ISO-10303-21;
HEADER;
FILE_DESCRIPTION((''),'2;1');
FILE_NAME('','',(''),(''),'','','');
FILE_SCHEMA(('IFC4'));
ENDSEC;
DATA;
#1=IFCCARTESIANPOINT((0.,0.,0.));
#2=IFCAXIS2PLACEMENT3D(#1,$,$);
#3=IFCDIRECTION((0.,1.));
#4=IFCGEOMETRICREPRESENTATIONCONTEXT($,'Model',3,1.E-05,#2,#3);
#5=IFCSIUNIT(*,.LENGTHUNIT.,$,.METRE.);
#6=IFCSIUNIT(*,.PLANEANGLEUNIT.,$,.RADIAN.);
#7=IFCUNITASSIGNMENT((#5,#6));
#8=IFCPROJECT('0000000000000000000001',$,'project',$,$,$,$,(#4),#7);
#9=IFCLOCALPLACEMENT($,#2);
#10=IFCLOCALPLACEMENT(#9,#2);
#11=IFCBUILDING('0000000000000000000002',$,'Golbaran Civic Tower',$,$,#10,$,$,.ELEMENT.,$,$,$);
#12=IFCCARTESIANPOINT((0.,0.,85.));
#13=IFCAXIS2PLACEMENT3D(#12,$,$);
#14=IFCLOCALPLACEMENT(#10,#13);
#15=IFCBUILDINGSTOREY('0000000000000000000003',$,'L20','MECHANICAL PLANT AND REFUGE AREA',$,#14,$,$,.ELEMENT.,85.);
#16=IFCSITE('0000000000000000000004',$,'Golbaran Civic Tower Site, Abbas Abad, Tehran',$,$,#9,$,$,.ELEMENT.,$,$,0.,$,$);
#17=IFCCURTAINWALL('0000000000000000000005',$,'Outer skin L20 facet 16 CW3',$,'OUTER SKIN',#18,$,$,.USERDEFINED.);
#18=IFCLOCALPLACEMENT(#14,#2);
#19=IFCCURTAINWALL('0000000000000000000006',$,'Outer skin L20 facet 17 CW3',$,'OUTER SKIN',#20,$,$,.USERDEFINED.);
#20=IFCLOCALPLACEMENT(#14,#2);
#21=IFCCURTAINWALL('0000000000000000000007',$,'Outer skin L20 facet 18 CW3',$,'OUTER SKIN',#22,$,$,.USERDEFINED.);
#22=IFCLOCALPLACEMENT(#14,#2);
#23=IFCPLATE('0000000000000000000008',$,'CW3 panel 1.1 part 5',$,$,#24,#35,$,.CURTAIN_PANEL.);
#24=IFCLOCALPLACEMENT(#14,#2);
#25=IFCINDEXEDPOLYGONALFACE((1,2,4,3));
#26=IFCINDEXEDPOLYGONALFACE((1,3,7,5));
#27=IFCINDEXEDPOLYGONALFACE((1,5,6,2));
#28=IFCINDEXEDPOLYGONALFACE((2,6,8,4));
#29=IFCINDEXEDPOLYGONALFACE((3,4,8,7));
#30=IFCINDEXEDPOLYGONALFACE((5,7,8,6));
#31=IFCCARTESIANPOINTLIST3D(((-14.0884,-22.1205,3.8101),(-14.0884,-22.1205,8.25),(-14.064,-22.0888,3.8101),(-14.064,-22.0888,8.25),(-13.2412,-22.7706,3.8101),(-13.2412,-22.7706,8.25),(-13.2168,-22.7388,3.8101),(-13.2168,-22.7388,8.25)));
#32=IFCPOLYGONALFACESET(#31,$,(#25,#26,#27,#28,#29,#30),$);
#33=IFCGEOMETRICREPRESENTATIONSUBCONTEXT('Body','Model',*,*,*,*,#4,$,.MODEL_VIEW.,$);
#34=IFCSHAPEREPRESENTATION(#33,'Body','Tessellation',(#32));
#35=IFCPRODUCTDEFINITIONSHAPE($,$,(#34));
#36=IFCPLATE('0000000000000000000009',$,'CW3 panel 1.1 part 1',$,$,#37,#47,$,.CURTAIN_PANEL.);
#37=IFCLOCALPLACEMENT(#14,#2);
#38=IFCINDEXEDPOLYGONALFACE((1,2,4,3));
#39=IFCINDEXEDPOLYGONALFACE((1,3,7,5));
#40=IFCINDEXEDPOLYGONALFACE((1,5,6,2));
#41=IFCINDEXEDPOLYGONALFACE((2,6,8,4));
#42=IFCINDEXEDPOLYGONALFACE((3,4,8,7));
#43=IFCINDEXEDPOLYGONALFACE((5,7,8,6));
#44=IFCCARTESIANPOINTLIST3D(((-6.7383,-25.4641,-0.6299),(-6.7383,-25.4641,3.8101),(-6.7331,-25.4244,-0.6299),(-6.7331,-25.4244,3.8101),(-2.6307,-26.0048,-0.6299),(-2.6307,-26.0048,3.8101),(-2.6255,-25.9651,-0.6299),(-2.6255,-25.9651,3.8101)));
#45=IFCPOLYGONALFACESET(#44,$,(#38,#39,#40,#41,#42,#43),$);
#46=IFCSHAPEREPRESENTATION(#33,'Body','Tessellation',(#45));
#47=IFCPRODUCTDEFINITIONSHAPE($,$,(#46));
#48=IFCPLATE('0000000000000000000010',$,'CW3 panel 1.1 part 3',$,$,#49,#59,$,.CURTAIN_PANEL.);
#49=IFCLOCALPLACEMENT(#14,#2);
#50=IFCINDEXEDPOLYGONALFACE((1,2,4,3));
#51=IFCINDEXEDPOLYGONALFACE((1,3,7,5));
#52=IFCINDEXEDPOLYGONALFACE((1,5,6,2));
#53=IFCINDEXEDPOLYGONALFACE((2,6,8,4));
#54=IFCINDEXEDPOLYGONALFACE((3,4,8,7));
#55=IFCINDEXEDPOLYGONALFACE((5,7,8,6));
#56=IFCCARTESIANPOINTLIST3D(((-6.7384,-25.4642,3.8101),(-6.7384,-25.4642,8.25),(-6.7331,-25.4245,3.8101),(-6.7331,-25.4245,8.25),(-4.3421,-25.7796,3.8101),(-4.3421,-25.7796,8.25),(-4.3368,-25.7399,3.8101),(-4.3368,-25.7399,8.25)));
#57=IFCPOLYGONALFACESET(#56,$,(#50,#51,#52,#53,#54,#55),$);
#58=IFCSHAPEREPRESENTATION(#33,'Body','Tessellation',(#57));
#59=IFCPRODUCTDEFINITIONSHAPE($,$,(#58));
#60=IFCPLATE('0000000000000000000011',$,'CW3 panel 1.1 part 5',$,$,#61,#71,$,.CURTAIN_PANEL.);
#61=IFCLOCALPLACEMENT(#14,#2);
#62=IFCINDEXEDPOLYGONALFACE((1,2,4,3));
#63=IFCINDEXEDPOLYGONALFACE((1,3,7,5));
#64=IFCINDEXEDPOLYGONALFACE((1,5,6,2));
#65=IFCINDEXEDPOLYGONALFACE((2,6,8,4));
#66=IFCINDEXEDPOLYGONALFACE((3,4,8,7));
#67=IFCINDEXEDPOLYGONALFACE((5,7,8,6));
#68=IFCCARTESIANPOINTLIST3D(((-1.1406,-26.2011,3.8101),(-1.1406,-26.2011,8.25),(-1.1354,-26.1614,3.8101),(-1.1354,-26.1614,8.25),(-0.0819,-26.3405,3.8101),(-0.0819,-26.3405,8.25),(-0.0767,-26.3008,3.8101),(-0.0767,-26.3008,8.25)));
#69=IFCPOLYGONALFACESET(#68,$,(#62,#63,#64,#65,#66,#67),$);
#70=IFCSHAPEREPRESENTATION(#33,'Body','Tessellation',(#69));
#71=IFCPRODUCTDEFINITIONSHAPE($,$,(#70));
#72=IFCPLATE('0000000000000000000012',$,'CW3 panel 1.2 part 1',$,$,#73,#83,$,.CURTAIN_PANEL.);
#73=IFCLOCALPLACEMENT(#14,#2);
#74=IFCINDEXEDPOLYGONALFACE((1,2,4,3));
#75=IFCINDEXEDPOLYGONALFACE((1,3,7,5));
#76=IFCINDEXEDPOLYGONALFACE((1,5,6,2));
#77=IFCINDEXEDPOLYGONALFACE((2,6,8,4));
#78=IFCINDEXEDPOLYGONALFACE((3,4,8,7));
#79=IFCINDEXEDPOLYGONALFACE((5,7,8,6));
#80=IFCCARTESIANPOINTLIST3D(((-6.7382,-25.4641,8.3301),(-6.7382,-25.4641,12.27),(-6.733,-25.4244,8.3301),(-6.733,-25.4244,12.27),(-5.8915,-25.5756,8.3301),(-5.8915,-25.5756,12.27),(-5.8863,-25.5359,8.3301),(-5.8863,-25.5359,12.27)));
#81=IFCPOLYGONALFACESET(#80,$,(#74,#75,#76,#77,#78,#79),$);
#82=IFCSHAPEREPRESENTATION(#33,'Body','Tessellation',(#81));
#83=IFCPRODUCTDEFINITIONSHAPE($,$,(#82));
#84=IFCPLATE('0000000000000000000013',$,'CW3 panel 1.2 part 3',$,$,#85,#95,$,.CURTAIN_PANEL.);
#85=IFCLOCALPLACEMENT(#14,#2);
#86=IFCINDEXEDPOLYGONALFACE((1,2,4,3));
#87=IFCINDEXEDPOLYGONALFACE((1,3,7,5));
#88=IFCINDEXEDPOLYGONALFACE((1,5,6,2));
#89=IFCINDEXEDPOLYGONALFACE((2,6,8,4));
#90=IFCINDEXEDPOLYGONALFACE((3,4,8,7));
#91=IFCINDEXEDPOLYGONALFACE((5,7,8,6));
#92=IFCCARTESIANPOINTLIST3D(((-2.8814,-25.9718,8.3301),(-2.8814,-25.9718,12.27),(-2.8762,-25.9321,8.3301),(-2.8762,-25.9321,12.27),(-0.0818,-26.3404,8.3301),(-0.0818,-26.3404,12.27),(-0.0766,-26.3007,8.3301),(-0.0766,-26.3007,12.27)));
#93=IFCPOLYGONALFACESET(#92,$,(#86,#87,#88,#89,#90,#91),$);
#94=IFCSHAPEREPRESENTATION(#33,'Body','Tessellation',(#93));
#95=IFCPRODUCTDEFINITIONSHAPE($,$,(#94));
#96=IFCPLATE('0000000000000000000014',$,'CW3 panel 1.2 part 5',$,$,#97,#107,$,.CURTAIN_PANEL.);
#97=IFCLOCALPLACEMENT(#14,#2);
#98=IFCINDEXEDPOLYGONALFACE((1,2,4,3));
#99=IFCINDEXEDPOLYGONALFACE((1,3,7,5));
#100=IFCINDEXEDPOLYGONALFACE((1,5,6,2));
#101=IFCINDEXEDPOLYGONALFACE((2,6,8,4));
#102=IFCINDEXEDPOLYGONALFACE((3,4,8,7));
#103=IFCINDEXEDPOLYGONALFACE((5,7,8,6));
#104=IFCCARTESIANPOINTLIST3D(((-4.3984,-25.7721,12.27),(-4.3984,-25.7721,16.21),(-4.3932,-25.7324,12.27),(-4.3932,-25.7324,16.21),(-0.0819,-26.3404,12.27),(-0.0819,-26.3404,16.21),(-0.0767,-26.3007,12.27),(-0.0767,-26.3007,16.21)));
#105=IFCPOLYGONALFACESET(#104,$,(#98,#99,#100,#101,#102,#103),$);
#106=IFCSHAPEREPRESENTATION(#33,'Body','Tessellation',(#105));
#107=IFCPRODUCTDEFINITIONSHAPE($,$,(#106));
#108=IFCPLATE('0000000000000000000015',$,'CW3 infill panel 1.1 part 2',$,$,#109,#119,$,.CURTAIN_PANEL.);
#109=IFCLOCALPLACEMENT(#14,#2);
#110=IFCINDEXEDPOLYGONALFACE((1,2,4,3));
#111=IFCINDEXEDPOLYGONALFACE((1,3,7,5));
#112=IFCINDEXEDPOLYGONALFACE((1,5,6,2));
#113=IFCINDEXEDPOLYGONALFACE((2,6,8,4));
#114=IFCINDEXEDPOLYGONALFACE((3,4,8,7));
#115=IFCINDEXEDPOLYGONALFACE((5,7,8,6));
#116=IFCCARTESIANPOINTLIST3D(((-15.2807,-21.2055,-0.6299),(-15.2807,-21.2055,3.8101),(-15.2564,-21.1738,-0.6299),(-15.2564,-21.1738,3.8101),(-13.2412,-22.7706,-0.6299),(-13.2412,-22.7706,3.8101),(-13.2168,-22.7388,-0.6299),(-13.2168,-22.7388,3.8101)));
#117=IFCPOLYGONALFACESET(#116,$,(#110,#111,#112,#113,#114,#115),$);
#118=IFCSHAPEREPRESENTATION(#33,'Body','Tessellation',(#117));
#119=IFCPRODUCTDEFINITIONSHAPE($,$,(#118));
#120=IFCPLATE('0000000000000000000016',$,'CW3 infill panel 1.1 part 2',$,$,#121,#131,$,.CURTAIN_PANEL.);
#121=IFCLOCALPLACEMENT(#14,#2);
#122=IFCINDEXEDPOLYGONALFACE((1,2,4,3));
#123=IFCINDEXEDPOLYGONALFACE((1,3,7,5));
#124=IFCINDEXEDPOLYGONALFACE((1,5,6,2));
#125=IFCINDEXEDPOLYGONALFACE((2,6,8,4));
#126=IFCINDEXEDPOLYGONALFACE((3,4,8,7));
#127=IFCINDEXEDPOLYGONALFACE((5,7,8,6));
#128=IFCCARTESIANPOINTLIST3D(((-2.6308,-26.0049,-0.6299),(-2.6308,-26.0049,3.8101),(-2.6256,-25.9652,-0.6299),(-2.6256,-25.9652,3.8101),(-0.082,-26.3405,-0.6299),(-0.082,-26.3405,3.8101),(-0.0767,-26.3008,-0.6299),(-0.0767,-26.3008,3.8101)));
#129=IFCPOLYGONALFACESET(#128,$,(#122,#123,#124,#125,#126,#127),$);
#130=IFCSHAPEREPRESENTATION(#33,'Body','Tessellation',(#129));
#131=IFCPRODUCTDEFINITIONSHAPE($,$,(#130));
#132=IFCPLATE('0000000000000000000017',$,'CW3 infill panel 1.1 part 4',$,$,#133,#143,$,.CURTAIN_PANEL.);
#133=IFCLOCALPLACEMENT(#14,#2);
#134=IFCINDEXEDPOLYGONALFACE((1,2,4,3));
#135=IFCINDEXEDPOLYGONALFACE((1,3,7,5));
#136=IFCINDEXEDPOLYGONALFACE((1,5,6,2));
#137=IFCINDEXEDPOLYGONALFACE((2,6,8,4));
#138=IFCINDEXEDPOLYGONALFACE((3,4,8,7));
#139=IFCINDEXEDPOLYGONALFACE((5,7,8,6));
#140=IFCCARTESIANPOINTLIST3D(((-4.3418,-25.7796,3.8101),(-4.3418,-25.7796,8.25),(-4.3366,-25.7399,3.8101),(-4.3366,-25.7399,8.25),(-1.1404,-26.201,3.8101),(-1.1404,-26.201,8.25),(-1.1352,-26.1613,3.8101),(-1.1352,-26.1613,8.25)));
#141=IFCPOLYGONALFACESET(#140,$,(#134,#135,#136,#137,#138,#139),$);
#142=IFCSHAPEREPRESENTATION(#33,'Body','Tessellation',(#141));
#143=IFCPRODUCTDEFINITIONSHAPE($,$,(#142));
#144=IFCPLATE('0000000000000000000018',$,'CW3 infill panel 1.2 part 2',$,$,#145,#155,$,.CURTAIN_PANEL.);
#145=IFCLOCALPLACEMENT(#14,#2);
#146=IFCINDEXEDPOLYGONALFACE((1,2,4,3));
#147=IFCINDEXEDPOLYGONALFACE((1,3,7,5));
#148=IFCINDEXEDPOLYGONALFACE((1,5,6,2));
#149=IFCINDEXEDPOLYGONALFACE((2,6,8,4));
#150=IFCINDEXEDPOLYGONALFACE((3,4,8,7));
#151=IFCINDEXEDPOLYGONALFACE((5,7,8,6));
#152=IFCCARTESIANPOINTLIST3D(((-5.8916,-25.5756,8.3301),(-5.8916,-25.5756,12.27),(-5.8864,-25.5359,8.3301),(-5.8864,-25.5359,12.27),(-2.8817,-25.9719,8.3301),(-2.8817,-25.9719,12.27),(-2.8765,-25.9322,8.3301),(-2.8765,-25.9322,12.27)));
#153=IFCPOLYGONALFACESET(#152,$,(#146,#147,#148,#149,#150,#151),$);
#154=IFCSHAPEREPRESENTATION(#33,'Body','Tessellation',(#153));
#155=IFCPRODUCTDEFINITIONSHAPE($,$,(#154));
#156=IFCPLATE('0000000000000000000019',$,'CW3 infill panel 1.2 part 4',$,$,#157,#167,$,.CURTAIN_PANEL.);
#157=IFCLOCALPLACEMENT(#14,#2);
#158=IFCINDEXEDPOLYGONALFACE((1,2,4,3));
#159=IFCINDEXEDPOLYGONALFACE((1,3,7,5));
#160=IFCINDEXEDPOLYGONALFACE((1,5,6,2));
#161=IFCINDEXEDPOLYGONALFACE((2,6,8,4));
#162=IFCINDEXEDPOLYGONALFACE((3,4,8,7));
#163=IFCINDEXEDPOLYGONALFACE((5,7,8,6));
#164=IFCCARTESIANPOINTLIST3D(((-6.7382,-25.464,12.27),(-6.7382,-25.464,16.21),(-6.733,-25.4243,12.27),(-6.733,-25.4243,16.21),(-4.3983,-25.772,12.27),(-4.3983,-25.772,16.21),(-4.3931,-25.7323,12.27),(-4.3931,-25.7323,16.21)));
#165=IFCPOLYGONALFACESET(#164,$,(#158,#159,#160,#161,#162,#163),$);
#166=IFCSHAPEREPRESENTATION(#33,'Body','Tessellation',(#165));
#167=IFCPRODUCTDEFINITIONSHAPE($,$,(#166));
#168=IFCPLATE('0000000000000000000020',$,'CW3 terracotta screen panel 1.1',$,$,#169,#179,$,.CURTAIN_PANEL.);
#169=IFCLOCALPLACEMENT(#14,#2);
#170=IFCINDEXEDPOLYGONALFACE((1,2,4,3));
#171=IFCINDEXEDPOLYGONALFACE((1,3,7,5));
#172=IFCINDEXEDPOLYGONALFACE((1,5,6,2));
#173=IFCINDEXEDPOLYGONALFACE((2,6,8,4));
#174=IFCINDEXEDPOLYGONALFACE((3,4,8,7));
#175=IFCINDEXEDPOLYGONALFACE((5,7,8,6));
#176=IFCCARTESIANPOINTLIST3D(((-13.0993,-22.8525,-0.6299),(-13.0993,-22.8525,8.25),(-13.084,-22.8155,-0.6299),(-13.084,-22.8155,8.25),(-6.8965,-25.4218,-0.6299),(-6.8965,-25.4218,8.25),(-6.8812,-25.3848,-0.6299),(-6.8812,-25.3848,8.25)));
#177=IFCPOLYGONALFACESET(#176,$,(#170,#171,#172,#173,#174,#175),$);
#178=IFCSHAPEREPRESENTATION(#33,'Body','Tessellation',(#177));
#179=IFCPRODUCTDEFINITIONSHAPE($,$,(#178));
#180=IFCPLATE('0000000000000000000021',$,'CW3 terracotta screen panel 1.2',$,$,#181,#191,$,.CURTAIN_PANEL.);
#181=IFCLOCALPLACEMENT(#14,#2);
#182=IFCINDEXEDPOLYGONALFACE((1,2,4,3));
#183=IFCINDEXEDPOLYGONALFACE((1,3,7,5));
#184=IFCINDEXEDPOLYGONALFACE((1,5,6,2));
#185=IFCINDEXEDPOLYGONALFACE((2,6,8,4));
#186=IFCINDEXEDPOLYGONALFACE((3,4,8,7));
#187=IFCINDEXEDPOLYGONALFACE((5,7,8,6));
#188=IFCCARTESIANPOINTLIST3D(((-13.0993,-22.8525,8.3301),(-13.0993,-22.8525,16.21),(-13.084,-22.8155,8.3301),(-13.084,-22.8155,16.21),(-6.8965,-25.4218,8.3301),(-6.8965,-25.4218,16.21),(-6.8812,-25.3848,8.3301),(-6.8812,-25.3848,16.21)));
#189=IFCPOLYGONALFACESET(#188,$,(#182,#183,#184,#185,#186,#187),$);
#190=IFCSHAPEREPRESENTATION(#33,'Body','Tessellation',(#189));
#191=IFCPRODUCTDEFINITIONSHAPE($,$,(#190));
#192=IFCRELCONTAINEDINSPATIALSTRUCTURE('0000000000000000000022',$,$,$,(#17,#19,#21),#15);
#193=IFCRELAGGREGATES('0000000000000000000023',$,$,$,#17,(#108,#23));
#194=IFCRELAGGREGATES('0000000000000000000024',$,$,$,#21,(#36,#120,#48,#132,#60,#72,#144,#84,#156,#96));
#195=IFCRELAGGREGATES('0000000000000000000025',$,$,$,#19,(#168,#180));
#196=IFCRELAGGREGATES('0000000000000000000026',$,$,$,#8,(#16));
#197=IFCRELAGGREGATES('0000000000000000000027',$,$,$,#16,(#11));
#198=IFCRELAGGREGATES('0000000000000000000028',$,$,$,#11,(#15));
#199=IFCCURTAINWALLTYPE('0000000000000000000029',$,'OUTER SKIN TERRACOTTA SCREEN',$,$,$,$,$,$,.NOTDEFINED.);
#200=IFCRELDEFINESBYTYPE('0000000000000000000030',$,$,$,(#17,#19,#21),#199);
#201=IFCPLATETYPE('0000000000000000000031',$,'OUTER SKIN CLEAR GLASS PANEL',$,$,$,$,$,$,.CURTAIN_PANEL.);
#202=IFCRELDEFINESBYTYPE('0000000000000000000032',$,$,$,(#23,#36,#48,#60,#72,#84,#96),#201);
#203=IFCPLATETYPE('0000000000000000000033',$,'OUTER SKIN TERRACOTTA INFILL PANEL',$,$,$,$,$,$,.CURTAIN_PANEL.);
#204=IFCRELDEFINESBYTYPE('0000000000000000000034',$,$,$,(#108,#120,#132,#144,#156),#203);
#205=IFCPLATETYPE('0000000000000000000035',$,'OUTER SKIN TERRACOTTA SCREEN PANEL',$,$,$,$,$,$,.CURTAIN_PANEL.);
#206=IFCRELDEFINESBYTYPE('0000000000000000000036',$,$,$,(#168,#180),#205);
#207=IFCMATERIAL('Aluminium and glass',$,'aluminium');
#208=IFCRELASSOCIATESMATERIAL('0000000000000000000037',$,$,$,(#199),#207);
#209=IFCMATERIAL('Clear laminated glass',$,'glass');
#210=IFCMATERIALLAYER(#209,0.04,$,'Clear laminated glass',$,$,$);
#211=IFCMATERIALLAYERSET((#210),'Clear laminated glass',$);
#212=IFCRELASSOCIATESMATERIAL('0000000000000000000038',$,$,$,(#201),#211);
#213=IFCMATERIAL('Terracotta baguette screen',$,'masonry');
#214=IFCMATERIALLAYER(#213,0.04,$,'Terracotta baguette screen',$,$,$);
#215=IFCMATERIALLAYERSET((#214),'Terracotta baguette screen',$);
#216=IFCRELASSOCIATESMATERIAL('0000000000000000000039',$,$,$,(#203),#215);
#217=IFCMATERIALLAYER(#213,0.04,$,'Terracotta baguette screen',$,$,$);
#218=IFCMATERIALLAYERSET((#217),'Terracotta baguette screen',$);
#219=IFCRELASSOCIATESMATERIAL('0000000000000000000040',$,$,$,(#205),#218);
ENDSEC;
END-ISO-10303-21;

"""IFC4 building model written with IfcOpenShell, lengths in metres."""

from ifc_helpers import new_model, si_unit, direction, frame, origin, origin_2d, place, context, subcontext, project, spatial, rectangle, extrude, material, layer, layer_set, type_object, element, aggregate, save


model = new_model("IFC4")

# Units and contexts
model_context = context("Model", 3, precision=1e-05, world=origin(), true_north=direction((0.0, 1.0)))
body_context = subcontext(model_context, "Body", "Model", "MODEL_VIEW")
ifc_project = project(units=[si_unit("LENGTHUNIT", "METRE"), si_unit("PLANEANGLEUNIT", "RADIAN")], contexts=[model_context])

# Site, building, storey
site_placement = place(None, origin())
site = spatial("IfcSite", under=ifc_project, at=site_placement, Name="Golbaran Civic Tower Site, Abbas Abad, Tehran", CompositionType="ELEMENT", RefElevation=0.0)
building_placement = place(site_placement, origin())
building = spatial("IfcBuilding", under=site, at=building_placement, Name="Golbaran Civic Tower", CompositionType="ELEMENT")
storey_placement = place(building_placement, frame((0.0, 0.0, 85.0)))
storey = spatial("IfcBuildingStorey", under=building, at=storey_placement, Name="L20", Description="MECHANICAL PLANT AND REFUGE AREA", CompositionType="ELEMENT", Elevation=85.0)

# Curtain wall
ifc_material_1 = material(Name="Aluminium and glass", Category="aluminium")
curtain_wall_type_1 = type_object("IfcCurtainWallType", Name="OUTER SKIN TERRACOTTA SCREEN", PredefinedType="NOTDEFINED", material=ifc_material_1)
curtain_wall_1_placement = place(storey_placement, origin())
curtain_wall_1 = element("IfcCurtainWall", 1, at=curtain_wall_1_placement, inside=storey, type_object=curtain_wall_type_1, Name="Outer skin L20 facet 16 CW3", ObjectType="OUTER SKIN", PredefinedType="USERDEFINED")

# Curtain walls
curtain_wall_2_placement = place(storey_placement, origin())
curtain_wall_2 = element("IfcCurtainWall", 2, at=curtain_wall_2_placement, inside=storey, type_object=curtain_wall_type_1, Name="Outer skin L20 facet 17 CW3", ObjectType="OUTER SKIN", PredefinedType="USERDEFINED")
curtain_wall_3_placement = place(storey_placement, origin())
curtain_wall_3 = element("IfcCurtainWall", 3, at=curtain_wall_3_placement, inside=storey, type_object=curtain_wall_type_1, Name="Outer skin L20 facet 18 CW3", ObjectType="OUTER SKIN", PredefinedType="USERDEFINED")

# Plates
ifc_material_2 = material(Name="Clear laminated glass", Category="glass")
ifc_layer_1 = layer(ifc_material_2, 0.04, Name="Clear laminated glass")
ifc_layer_set_1 = layer_set([ifc_layer_1], Name="Clear laminated glass")
plate_type_1 = type_object("IfcPlateType", Name="OUTER SKIN CLEAR GLASS PANEL", PredefinedType="CURTAIN_PANEL", material=ifc_layer_set_1)
plate_1_placement = place(storey_placement, frame((-13.6526, -22.4297, 3.8101), z_axis=(0.0, 0.0, 1.0), x_axis=(0.793353, -0.608761, 0.0)))
plate_1 = element("IfcPlate", 4, at=plate_1_placement, type_object=plate_type_1, Name="CW3 panel 1.1 part 5", PredefinedType="CURTAIN_PANEL", context=body_context, shape_type="SweptSolid", body=[
    extrude(rectangle(XDim=1.0679, YDim=0.04, at=origin_2d()), origin(), (0.0, 0.0, 1.0), 4.4399),
])
plate_2_placement = place(storey_placement, frame((-4.6819, -25.7146, -0.6299), z_axis=(0.0, 0.0, 1.0), x_axis=(0.991445, -0.130526, 0.0)))
plate_2 = element("IfcPlate", 5, at=plate_2_placement, type_object=plate_type_1, Name="CW3 panel 1.1 part 1", PredefinedType="CURTAIN_PANEL", context=body_context, shape_type="SweptSolid", body=[
    extrude(rectangle(XDim=4.1431, YDim=0.04, at=origin_2d()), origin(), (0.0, 0.0, 1.0), 4.4399),
])
plate_3_placement = place(storey_placement, frame((-5.5376, -25.6021, 3.8101), z_axis=(0.0, 0.0, 1.0), x_axis=(0.991445, -0.130526, 0.0)))
plate_3 = element("IfcPlate", 6, at=plate_3_placement, type_object=plate_type_1, Name="CW3 panel 1.1 part 3", PredefinedType="CURTAIN_PANEL", context=body_context, shape_type="SweptSolid", body=[
    extrude(rectangle(XDim=2.417, YDim=0.04, at=origin_2d()), origin(), (0.0, 0.0, 1.0), 4.4399),
])
plate_4_placement = place(storey_placement, frame((-0.6086, -26.251, 3.8101), z_axis=(0.0, 0.0, 1.0), x_axis=(0.991445, -0.130526, 0.0)))
plate_4 = element("IfcPlate", 7, at=plate_4_placement, type_object=plate_type_1, Name="CW3 panel 1.1 part 5", PredefinedType="CURTAIN_PANEL", context=body_context, shape_type="SweptSolid", body=[
    extrude(rectangle(XDim=1.0679, YDim=0.04, at=origin_2d()), origin(), (0.0, 0.0, 1.0), 4.4399),
])
plate_5_placement = place(storey_placement, frame((-6.3123, -25.5, 8.3301), z_axis=(0.0, 0.0, 1.0), x_axis=(0.991445, -0.130526, 0.0)))
plate_5 = element("IfcPlate", 8, at=plate_5_placement, type_object=plate_type_1, Name="CW3 panel 1.2 part 1", PredefinedType="CURTAIN_PANEL", context=body_context, shape_type="SweptSolid", body=[
    extrude(rectangle(XDim=0.854, YDim=0.04, at=origin_2d()), origin(), (0.0, 0.0, 1.0), 3.9399),
])
plate_6_placement = place(storey_placement, frame((-1.479, -26.1362, 8.3301), z_axis=(0.0, 0.0, 1.0), x_axis=(0.991445, -0.130526, 0.0)))
plate_6 = element("IfcPlate", 9, at=plate_6_placement, type_object=plate_type_1, Name="CW3 panel 1.2 part 3", PredefinedType="CURTAIN_PANEL", context=body_context, shape_type="SweptSolid", body=[
    extrude(rectangle(XDim=2.8237, YDim=0.04, at=origin_2d()), origin(), (0.0, 0.0, 1.0), 3.9399),
])
plate_7_placement = place(storey_placement, frame((-2.2375, -26.0364, 12.27), z_axis=(0.0, 0.0, 1.0), x_axis=(0.991445, -0.130526, 0.0)))
plate_7 = element("IfcPlate", 10, at=plate_7_placement, type_object=plate_type_1, Name="CW3 panel 1.2 part 5", PredefinedType="CURTAIN_PANEL", context=body_context, shape_type="SweptSolid", body=[
    extrude(rectangle(XDim=4.3538, YDim=0.04, at=origin_2d()), origin(), (0.0, 0.0, 1.0), 3.9399),
])
ifc_material_3 = material(Name="Terracotta baguette screen", Category="masonry")
ifc_layer_2 = layer(ifc_material_3, 0.04, Name="Terracotta baguette screen")
ifc_layer_set_2 = layer_set([ifc_layer_2], Name="Terracotta baguette screen")
plate_type_2 = type_object("IfcPlateType", Name="OUTER SKIN TERRACOTTA INFILL PANEL", PredefinedType="CURTAIN_PANEL", material=ifc_layer_set_2)
plate_8_placement = place(storey_placement, frame((-14.2488, -21.9722, -0.6299), z_axis=(0.0, 0.0, 1.0), x_axis=(0.793353, -0.608761, 0.0)))
plate_8 = element("IfcPlate", 11, at=plate_8_placement, type_object=plate_type_2, Name="CW3 infill panel 1.1 part 2", PredefinedType="CURTAIN_PANEL", context=body_context, shape_type="SweptSolid", body=[
    extrude(rectangle(XDim=2.5708, YDim=0.04, at=origin_2d()), origin(), (0.0, 0.0, 1.0), 4.4399),
])
aggregate(curtain_wall_1, [plate_8, plate_1])
plate_9_placement = place(storey_placement, frame((-1.3538, -26.1528, -0.6299), z_axis=(0.0, 0.0, 1.0), x_axis=(0.991445, -0.130526, 0.0)))
plate_9 = element("IfcPlate", 12, at=plate_9_placement, type_object=plate_type_2, Name="CW3 infill panel 1.1 part 2", PredefinedType="CURTAIN_PANEL", context=body_context, shape_type="SweptSolid", body=[
    extrude(rectangle(XDim=2.5708, YDim=0.04, at=origin_2d()), origin(), (0.0, 0.0, 1.0), 4.4399),
])
plate_10_placement = place(storey_placement, frame((-2.7385, -25.9705, 3.8101), z_axis=(0.0, 0.0, 1.0), x_axis=(0.991445, -0.130526, 0.0)))
plate_10 = element("IfcPlate", 13, at=plate_10_placement, type_object=plate_type_2, Name="CW3 infill panel 1.1 part 4", PredefinedType="CURTAIN_PANEL", context=body_context, shape_type="SweptSolid", body=[
    extrude(rectangle(XDim=3.229, YDim=0.04, at=origin_2d()), origin(), (0.0, 0.0, 1.0), 4.4399),
])
plate_11_placement = place(storey_placement, frame((-4.384, -25.7539, 8.3301), z_axis=(0.0, 0.0, 1.0), x_axis=(0.991445, -0.130526, 0.0)))
plate_11 = element("IfcPlate", 14, at=plate_11_placement, type_object=plate_type_2, Name="CW3 infill panel 1.2 part 2", PredefinedType="CURTAIN_PANEL", context=body_context, shape_type="SweptSolid", body=[
    extrude(rectangle(XDim=3.0359, YDim=0.04, at=origin_2d()), origin(), (0.0, 0.0, 1.0), 3.9399),
])
plate_12_placement = place(storey_placement, frame((-5.5657, -25.5981, 12.27), z_axis=(0.0, 0.0, 1.0), x_axis=(0.991445, -0.130526, 0.0)))
plate_12 = element("IfcPlate", 15, at=plate_12_placement, type_object=plate_type_2, Name="CW3 infill panel 1.2 part 4", PredefinedType="CURTAIN_PANEL", context=body_context, shape_type="SweptSolid", body=[
    extrude(rectangle(XDim=2.3601, YDim=0.04, at=origin_2d()), origin(), (0.0, 0.0, 1.0), 3.9399),
])
aggregate(curtain_wall_3, [plate_2, plate_9, plate_3, plate_10, plate_4, plate_5, plate_11, plate_6, plate_12, plate_7])
ifc_layer_3 = layer(ifc_material_3, 0.04, Name="Terracotta baguette screen")
ifc_layer_set_3 = layer_set([ifc_layer_3], Name="Terracotta baguette screen")
plate_type_3 = type_object("IfcPlateType", Name="OUTER SKIN TERRACOTTA SCREEN PANEL", PredefinedType="CURTAIN_PANEL", material=ifc_layer_set_3)
plate_13_placement = place(storey_placement, frame((-9.9902, -24.1187, -0.6299), z_axis=(0.0, 0.0, 1.0), x_axis=(0.92388, -0.382683, 0.0)))
plate_13 = element("IfcPlate", 16, at=plate_13_placement, type_object=plate_type_3, Name="CW3 terracotta screen panel 1.1", PredefinedType="CURTAIN_PANEL", context=body_context, shape_type="SweptSolid", body=[
    extrude(rectangle(XDim=6.7139, YDim=0.04, at=origin_2d()), origin(), (0.0, 0.0, 1.0), 8.8799),
])
plate_14_placement = place(storey_placement, frame((-9.9902, -24.1187, 8.3301), z_axis=(0.0, 0.0, 1.0), x_axis=(0.92388, -0.382683, 0.0)))
plate_14 = element("IfcPlate", 17, at=plate_14_placement, type_object=plate_type_3, Name="CW3 terracotta screen panel 1.2", PredefinedType="CURTAIN_PANEL", context=body_context, shape_type="SweptSolid", body=[
    extrude(rectangle(XDim=6.7139, YDim=0.04, at=origin_2d()), origin(), (0.0, 0.0, 1.0), 7.8799),
])
aggregate(curtain_wall_2, [plate_13, plate_14])

save(model, "model.ifc")
